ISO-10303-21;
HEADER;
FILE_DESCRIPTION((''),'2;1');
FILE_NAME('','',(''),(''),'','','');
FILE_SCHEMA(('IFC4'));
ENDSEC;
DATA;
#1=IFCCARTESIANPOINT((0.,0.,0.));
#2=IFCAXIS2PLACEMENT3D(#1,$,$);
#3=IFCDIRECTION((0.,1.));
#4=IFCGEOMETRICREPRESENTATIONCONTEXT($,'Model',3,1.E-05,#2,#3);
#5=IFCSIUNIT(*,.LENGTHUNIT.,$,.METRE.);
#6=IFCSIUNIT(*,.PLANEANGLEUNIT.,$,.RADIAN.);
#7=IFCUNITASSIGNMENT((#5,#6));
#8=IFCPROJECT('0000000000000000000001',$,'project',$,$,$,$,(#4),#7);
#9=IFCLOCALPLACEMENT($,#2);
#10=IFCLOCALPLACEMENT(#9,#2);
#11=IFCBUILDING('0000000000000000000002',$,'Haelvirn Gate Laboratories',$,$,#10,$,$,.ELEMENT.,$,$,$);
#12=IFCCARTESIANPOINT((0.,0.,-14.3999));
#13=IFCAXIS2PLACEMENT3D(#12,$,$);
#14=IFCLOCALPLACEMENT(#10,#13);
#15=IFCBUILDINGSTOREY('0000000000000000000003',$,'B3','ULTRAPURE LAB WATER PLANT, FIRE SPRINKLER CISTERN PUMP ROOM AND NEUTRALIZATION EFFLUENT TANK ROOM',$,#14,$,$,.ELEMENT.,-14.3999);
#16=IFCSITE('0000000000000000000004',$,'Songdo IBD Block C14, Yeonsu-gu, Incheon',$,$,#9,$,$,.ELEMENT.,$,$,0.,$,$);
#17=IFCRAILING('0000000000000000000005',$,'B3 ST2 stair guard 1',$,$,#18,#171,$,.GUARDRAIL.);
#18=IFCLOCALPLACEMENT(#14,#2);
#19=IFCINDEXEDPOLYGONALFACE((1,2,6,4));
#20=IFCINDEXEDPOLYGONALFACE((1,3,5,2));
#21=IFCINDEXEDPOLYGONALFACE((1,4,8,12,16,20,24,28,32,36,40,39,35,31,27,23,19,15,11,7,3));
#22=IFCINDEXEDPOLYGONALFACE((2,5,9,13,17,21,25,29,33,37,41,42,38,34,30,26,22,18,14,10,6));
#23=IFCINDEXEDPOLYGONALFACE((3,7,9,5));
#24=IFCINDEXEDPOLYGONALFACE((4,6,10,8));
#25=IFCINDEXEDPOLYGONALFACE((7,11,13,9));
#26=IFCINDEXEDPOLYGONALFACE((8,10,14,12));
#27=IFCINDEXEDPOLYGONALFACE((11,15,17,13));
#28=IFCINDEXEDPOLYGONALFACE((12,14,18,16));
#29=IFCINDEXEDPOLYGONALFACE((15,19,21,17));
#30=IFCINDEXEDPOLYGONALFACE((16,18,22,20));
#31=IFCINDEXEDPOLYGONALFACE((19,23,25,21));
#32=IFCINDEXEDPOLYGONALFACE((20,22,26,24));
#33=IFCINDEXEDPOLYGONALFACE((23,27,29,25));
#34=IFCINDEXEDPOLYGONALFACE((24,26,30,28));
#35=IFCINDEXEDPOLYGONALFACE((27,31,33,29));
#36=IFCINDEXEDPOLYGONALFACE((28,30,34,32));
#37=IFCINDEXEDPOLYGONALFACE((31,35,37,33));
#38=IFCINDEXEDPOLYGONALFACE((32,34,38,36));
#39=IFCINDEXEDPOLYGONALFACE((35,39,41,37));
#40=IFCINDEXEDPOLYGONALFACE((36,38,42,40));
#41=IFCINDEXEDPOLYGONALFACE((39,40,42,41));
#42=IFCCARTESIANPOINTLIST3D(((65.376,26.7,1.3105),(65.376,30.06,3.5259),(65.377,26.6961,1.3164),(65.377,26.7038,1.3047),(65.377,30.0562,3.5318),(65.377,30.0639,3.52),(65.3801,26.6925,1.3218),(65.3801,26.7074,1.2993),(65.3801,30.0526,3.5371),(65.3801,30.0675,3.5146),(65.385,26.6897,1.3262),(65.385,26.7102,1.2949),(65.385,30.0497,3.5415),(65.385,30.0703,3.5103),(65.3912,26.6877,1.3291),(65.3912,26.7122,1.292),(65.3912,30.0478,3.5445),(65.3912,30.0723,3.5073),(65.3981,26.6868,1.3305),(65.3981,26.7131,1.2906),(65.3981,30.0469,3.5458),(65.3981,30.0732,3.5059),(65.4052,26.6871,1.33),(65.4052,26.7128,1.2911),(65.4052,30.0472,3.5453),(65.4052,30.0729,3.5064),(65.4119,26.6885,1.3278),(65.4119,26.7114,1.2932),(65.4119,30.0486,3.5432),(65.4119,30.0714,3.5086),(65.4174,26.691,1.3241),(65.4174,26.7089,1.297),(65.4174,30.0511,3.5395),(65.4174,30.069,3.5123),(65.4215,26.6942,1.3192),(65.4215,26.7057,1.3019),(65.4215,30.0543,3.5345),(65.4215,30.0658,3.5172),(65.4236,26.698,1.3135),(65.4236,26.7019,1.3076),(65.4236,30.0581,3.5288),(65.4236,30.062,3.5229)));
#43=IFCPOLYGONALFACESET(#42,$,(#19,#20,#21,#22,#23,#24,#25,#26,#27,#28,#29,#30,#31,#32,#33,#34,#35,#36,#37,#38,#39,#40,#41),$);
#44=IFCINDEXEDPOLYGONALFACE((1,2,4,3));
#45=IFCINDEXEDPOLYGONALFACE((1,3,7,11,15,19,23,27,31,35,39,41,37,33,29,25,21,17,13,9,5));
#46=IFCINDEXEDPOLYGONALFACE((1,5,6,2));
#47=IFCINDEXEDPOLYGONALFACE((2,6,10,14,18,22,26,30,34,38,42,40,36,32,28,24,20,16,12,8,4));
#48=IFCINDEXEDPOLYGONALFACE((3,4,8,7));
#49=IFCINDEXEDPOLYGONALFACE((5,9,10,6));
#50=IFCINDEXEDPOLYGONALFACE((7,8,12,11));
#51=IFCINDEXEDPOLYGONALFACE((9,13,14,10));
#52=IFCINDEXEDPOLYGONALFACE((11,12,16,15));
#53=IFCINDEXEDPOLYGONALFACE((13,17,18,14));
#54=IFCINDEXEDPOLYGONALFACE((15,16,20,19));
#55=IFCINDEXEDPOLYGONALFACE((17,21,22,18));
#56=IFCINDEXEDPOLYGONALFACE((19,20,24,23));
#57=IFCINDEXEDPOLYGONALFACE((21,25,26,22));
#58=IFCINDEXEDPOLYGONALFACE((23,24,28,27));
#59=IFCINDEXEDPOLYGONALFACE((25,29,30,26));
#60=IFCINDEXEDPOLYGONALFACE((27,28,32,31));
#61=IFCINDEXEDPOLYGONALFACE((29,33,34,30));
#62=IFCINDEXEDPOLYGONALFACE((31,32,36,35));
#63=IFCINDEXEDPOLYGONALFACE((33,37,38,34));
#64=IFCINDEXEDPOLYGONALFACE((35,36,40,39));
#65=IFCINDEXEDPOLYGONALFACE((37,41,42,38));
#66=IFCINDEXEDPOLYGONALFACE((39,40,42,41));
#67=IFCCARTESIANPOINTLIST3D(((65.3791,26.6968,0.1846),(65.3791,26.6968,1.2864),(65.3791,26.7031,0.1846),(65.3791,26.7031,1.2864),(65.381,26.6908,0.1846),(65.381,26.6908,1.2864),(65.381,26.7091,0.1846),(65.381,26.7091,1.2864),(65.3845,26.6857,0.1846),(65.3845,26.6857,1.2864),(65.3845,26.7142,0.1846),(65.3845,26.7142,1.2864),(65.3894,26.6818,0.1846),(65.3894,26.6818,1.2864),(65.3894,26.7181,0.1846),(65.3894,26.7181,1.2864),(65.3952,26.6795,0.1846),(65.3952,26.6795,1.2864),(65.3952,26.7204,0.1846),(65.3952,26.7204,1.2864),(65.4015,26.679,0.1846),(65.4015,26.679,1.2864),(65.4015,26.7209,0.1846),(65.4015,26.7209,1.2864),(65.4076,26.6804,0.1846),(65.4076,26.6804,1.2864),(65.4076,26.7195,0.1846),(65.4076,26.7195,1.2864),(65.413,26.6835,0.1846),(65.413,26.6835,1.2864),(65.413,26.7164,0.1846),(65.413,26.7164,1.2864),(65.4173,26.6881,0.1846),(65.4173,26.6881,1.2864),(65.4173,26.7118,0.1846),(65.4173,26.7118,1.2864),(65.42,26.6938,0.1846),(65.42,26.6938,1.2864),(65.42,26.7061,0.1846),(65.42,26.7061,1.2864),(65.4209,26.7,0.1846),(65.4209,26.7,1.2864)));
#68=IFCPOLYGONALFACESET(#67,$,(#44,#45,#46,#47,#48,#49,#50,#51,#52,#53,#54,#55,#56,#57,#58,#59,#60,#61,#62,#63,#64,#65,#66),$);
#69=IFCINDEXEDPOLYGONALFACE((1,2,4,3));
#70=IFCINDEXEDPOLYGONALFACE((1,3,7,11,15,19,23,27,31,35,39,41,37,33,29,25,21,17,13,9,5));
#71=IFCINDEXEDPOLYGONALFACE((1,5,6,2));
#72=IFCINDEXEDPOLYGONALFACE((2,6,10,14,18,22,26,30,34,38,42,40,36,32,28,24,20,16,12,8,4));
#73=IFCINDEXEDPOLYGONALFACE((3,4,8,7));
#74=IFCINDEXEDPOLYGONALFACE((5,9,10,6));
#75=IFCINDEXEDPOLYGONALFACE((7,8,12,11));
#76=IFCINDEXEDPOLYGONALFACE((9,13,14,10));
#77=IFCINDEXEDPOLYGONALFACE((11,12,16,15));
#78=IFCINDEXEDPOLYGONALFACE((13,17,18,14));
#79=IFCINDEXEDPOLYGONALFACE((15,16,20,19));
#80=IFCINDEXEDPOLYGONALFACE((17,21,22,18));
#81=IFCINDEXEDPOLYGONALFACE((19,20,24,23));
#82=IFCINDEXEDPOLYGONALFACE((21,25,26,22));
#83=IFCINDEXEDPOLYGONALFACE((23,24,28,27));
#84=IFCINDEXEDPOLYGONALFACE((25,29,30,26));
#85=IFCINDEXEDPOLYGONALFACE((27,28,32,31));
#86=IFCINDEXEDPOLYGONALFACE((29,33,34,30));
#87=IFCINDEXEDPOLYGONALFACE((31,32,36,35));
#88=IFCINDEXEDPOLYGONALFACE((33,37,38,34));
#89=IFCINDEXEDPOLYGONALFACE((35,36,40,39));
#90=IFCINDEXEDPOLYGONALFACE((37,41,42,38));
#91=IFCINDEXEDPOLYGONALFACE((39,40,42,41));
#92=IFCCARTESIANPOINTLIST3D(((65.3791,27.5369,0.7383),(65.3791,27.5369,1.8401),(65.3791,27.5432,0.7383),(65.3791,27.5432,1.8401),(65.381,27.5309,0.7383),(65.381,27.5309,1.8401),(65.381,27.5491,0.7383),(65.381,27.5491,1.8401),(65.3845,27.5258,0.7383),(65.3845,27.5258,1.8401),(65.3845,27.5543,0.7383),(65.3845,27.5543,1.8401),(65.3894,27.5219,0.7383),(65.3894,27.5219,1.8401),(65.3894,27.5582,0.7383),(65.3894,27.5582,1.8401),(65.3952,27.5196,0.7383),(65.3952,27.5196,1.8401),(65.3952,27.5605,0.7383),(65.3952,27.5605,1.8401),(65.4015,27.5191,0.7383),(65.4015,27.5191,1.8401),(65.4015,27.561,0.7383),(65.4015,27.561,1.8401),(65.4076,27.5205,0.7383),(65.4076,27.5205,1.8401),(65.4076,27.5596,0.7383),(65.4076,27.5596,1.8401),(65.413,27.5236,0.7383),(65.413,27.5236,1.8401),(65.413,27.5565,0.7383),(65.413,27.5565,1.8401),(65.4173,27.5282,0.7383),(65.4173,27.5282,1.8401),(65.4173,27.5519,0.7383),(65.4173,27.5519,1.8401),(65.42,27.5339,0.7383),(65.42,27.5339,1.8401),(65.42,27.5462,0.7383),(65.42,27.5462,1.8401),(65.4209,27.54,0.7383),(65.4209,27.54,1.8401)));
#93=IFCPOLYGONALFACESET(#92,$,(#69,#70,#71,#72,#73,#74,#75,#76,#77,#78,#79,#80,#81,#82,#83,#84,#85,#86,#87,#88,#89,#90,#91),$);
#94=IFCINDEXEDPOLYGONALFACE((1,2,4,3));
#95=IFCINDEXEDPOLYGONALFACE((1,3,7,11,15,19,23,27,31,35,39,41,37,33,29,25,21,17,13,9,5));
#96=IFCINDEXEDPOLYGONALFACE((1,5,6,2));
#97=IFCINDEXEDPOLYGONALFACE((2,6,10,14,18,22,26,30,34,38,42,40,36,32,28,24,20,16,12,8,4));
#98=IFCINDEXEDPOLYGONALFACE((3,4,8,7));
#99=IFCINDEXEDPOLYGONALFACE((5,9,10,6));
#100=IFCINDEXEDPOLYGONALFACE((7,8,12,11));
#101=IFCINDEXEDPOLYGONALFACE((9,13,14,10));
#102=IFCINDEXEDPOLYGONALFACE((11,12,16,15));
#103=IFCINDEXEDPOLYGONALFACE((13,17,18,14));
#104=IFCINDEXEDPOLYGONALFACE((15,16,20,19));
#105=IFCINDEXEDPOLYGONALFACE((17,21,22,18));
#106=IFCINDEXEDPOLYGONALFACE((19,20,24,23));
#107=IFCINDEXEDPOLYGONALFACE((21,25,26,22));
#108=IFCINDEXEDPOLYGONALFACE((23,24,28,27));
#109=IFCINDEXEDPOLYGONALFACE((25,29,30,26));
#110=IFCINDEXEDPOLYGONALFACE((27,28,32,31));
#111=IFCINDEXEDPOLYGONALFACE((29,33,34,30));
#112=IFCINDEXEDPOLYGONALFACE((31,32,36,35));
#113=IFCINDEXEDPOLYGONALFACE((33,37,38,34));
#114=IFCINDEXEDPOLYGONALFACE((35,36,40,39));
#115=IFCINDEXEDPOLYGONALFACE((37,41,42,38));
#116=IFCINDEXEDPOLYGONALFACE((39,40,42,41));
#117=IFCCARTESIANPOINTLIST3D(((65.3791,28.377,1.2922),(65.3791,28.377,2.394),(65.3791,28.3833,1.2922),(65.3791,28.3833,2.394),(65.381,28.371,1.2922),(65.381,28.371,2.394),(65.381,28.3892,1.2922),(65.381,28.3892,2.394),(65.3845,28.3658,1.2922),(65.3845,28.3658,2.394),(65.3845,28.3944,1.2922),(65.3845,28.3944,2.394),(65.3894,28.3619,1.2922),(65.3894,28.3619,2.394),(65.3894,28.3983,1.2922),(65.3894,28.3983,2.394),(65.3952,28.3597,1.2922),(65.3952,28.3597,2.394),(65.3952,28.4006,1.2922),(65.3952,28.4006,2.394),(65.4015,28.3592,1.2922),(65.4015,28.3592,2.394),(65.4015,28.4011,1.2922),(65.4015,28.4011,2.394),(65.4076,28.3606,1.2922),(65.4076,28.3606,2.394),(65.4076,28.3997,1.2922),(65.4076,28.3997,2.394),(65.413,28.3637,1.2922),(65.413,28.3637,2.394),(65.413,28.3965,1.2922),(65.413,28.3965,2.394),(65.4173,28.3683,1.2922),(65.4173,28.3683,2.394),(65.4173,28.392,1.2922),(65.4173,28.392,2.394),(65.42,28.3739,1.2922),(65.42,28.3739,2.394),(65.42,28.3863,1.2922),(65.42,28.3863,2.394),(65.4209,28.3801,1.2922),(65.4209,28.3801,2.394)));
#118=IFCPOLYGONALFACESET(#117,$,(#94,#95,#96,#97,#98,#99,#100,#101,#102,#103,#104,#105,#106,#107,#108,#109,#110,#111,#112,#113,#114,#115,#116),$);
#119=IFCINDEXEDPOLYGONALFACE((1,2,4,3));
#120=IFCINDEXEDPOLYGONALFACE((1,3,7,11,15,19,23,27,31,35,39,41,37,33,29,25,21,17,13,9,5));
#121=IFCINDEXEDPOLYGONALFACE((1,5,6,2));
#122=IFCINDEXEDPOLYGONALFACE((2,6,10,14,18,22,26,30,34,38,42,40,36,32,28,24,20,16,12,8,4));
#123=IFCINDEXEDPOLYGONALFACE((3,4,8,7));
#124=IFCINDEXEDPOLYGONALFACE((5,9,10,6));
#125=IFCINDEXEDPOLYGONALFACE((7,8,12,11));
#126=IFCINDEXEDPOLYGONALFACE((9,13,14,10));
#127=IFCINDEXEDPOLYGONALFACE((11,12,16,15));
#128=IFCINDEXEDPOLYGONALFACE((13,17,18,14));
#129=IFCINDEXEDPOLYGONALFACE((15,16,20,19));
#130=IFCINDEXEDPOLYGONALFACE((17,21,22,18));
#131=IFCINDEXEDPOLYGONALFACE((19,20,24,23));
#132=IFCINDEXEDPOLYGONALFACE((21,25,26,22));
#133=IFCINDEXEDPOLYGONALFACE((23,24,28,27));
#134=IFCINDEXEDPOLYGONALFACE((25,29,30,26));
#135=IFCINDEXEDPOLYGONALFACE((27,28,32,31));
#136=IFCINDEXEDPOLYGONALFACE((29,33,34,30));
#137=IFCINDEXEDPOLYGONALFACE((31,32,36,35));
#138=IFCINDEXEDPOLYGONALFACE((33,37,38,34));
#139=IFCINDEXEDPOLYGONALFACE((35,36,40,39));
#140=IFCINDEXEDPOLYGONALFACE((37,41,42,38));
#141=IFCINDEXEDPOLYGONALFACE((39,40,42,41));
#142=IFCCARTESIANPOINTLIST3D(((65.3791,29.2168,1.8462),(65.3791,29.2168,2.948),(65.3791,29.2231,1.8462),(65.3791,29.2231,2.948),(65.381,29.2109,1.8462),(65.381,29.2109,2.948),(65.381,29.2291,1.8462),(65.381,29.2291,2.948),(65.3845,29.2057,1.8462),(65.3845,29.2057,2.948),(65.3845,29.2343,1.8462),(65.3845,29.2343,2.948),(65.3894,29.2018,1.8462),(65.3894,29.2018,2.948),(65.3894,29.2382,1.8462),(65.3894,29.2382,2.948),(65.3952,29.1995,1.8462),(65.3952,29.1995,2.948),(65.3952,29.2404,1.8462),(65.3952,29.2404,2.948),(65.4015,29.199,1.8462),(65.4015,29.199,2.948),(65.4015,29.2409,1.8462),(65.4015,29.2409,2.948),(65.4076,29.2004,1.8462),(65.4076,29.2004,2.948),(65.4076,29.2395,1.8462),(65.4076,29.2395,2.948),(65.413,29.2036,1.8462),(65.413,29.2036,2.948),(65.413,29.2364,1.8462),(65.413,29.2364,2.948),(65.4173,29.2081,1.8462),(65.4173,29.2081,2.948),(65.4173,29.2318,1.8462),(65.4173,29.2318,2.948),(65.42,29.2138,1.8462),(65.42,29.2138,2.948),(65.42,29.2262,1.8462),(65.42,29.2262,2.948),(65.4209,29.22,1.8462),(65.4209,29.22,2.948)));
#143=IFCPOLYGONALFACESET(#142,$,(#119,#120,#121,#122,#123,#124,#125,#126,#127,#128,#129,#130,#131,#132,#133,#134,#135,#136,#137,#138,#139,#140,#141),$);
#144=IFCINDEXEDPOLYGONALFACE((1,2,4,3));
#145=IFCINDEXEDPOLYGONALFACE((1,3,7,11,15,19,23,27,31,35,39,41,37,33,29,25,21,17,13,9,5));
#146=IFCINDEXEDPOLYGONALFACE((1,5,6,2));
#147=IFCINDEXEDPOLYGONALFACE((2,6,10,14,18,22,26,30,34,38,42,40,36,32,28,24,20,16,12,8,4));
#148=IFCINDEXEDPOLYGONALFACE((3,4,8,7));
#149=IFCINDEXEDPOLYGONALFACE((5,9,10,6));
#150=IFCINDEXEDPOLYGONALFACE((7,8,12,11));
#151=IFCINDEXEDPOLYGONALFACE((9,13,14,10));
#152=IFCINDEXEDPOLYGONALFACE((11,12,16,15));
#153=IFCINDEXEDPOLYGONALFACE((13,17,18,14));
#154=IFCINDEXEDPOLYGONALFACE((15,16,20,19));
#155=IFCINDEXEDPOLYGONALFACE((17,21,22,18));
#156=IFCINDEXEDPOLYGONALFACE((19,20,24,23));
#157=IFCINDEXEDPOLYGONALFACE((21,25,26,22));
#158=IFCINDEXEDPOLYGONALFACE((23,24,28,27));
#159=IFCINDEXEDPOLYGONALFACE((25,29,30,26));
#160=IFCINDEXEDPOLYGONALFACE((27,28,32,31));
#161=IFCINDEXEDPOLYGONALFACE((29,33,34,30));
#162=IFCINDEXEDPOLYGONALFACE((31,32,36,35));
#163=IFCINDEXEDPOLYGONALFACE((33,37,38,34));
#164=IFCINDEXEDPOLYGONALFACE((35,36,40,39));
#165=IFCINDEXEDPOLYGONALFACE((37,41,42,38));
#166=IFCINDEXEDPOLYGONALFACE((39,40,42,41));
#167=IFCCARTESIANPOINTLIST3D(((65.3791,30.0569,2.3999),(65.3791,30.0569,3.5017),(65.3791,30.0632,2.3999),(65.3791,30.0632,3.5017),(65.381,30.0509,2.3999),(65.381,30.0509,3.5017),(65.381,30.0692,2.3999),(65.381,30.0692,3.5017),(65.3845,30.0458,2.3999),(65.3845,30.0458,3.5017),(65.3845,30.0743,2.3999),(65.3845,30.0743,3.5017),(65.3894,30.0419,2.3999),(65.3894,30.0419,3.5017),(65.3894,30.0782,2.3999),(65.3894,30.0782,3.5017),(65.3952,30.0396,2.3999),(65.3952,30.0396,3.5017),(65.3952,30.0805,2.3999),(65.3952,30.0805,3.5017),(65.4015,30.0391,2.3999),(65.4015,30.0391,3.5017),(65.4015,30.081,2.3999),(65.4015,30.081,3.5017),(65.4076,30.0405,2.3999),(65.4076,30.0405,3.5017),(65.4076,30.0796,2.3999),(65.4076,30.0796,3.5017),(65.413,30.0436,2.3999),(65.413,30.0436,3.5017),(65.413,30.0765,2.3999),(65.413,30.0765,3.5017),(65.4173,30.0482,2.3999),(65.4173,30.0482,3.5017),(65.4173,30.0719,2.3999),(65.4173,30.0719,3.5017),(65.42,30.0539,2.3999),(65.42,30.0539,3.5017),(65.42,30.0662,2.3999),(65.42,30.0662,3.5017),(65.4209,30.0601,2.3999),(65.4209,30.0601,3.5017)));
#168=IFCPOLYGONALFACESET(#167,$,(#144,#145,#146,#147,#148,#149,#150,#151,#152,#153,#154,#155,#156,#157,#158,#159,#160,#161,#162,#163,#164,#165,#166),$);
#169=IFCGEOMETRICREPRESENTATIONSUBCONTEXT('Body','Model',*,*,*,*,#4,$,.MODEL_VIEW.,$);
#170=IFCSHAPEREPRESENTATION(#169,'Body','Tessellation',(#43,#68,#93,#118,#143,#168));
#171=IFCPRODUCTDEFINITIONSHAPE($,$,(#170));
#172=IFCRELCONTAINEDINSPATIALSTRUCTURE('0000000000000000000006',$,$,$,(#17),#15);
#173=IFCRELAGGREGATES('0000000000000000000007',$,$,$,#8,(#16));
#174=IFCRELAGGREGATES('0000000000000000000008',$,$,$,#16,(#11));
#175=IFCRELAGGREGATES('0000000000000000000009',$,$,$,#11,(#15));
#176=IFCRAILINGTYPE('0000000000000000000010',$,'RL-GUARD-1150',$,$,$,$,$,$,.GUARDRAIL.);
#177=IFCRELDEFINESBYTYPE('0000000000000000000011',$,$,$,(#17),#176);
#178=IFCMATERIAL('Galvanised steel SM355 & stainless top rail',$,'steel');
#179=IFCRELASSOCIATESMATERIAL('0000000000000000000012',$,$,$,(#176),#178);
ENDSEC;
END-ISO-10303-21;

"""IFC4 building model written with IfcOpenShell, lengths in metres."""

from ifc_helpers import new_model, si_unit, direction, frame, origin, origin_2d, place, context, subcontext, project, spatial, circle, extrude, source, transform, mapped, material, type_object, element, save


model = new_model("IFC4")

# Units and contexts
model_context = context("Model", 3, precision=1e-05, world=origin(), true_north=direction((0.0, 1.0)))
body_context = subcontext(model_context, "Body", "Model", "MODEL_VIEW")
ifc_project = project(units=[si_unit("LENGTHUNIT", "METRE"), si_unit("PLANEANGLEUNIT", "RADIAN")], contexts=[model_context])

# Site, building, storey
site_placement = place(None, origin())
site = spatial("IfcSite", under=ifc_project, at=site_placement, Name="Songdo IBD Block C14, Yeonsu-gu, Incheon", CompositionType="ELEMENT", RefElevation=0.0)
building_placement = place(site_placement, origin())
building = spatial("IfcBuilding", under=site, at=building_placement, Name="Haelvirn Gate Laboratories", CompositionType="ELEMENT")
storey_placement = place(building_placement, frame((0.0, 0.0, -14.3999)))
storey = spatial("IfcBuildingStorey", under=building, at=storey_placement, Name="B3", Description="ULTRAPURE LAB WATER PLANT, FIRE SPRINKLER CISTERN PUMP ROOM AND NEUTRALIZATION EFFLUENT TANK ROOM", CompositionType="ELEMENT", Elevation=-14.3999)

# Railing
ifc_material_1 = material(Name="Galvanised steel SM355 & stainless top rail", Category="steel")
railing_type_1 = type_object("IfcRailingType", Name="RL-GUARD-1150", PredefinedType="GUARDRAIL", material=ifc_material_1)
shared_shape_1 = source(origin(), body_context, "Body", "SweptSolid", [
    extrude(circle(Radius=0.0239, at=origin_2d()), frame((0.0, 0.0, 1.126), z_axis=(0.0, 0.834876, 0.550437), x_axis=(-1.0, 0.0, 0.0)), (0.0, 0.0, 1.0), 4.0247),
    extrude(circle(Radius=0.021, at=origin_2d()), origin(), (0.0, 0.0, 1.0), 1.1018),
    extrude(circle(Radius=0.021, at=origin_2d()), frame((0.0, 0.8401, 0.5537)), (0.0, 0.0, 1.0), 1.1018),
    extrude(circle(Radius=0.021, at=origin_2d()), frame((0.0, 1.6802, 1.1077)), (0.0, 0.0, 1.0), 1.1018),
    extrude(circle(Radius=0.021, at=origin_2d()), frame((0.0, 2.52, 1.6616)), (0.0, 0.0, 1.0), 1.1018),
    extrude(circle(Radius=0.021, at=origin_2d()), frame((0.0, 3.3601, 2.2153)), (0.0, 0.0, 1.0), 1.1018),
])
railing_1_placement = place(storey_placement, frame((65.3999, 26.7, 0.1846)))
element("IfcRailing", 1, at=railing_1_placement, inside=storey, type_object=railing_type_1, Name="B3 ST2 stair guard 1", PredefinedType="GUARDRAIL", context=body_context, shape_type="MappedRepresentation", body=[
    mapped(shared_shape_1, transform((0.0, 0.0, 0.0), scale=1.0)),
])

save(model, "model.ifc")
